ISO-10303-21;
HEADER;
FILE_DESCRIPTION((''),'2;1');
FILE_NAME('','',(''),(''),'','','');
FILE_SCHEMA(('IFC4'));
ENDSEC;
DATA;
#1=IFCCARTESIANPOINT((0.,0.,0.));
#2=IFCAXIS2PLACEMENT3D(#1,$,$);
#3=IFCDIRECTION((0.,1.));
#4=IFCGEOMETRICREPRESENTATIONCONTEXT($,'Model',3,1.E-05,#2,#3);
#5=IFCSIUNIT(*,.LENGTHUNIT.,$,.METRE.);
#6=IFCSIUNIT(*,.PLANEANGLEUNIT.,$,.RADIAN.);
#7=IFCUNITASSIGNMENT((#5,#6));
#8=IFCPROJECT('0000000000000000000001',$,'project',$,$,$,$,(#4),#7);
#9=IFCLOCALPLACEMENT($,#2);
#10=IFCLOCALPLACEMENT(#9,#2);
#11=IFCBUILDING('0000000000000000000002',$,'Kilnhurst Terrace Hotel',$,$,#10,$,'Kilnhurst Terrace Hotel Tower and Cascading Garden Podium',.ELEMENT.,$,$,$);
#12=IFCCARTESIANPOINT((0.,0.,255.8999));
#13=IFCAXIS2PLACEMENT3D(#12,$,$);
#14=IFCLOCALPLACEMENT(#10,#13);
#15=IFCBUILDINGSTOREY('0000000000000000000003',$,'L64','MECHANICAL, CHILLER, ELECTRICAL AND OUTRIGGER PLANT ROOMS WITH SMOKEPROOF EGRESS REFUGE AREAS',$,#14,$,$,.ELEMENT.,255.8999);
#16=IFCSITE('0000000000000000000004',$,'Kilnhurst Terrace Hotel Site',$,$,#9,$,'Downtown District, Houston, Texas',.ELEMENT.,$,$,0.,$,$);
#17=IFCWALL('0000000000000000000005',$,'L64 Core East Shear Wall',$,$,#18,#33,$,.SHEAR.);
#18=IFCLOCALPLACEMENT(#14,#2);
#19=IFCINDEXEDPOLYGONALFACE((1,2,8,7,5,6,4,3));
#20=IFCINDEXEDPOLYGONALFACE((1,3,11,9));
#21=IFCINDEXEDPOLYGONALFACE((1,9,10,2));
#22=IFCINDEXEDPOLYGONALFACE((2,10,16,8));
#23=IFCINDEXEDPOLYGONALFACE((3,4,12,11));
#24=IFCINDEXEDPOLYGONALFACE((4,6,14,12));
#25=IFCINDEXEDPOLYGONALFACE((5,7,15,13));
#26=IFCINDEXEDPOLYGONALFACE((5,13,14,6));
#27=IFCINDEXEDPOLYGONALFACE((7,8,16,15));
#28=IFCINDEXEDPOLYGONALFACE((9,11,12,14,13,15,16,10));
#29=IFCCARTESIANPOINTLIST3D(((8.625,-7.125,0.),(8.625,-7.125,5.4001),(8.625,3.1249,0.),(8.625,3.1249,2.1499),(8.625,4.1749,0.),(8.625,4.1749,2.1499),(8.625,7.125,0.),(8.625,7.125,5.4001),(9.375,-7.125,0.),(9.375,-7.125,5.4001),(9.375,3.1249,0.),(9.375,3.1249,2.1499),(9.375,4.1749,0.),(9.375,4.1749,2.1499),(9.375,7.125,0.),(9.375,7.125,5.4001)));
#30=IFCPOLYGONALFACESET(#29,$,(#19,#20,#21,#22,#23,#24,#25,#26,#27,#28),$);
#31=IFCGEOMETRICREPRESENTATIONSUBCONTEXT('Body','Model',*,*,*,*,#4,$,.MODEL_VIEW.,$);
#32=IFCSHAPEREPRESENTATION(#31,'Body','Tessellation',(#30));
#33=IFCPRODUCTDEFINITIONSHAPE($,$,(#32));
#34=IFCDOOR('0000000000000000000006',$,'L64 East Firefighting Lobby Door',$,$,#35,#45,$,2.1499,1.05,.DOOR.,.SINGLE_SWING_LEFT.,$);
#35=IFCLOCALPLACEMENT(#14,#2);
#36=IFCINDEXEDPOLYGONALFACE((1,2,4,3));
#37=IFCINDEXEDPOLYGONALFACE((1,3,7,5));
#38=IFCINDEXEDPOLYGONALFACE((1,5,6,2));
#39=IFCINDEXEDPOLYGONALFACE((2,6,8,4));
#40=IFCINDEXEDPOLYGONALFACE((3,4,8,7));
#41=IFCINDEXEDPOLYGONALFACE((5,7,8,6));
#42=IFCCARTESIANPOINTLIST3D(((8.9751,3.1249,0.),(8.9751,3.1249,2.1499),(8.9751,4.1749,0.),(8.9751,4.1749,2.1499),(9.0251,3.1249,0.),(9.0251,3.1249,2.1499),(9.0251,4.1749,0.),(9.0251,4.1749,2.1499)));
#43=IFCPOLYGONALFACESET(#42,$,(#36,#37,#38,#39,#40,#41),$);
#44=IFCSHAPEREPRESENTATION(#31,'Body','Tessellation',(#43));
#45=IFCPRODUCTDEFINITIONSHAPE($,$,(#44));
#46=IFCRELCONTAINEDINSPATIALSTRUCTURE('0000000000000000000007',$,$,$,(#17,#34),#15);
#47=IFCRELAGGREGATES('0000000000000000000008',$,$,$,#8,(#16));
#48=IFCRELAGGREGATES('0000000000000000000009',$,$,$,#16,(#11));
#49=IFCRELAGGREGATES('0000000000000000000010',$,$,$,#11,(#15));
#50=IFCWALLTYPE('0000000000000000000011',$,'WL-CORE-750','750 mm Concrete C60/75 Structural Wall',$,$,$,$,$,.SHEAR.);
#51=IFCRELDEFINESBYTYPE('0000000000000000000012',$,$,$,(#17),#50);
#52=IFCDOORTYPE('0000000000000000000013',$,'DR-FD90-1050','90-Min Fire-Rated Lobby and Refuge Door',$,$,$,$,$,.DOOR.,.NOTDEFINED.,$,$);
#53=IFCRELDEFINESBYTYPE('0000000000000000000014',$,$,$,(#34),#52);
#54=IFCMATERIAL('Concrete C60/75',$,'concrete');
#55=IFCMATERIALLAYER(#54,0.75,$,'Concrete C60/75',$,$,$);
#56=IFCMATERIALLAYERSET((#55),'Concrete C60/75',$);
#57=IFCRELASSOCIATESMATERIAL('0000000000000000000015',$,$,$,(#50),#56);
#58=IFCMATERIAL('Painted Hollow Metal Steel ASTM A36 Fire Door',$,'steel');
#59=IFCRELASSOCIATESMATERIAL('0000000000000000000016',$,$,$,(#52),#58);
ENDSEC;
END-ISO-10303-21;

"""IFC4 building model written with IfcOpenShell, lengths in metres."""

from ifc_helpers import new_model, si_unit, direction, frame, frame_2d, origin, place, context, subcontext, project, spatial, rectangle, extrude, material, layer, layer_set, type_object, element, fill, save


model = new_model("IFC4")

# Units and contexts
model_context = context("Model", 3, precision=1e-05, world=origin(), true_north=direction((0.0, 1.0)))
body_context = subcontext(model_context, "Body", "Model", "MODEL_VIEW")
ifc_project = project(units=[si_unit("LENGTHUNIT", "METRE"), si_unit("PLANEANGLEUNIT", "RADIAN")], contexts=[model_context])

# Site, building, storey
site_placement = place(None, origin())
site = spatial("IfcSite", under=ifc_project, at=site_placement, Name="Kilnhurst Terrace Hotel Site", LongName="Downtown District, Houston, Texas", CompositionType="ELEMENT", RefElevation=0.0)
building_placement = place(site_placement, origin())
building = spatial("IfcBuilding", under=site, at=building_placement, Name="Kilnhurst Terrace Hotel", LongName="Kilnhurst Terrace Hotel Tower and Cascading Garden Podium", CompositionType="ELEMENT")
storey_placement = place(building_placement, frame((0.0, 0.0, 255.8999)))
storey = spatial("IfcBuildingStorey", under=building, at=storey_placement, Name="L64", Description="MECHANICAL, CHILLER, ELECTRICAL AND OUTRIGGER PLANT ROOMS WITH SMOKEPROOF EGRESS REFUGE AREAS", CompositionType="ELEMENT", Elevation=255.8999)

# Shared definitions
ifc_material_1 = material(Name="Concrete C60/75", Category="concrete")

# Wall, opening, door
ifc_layer_1 = layer(ifc_material_1, 0.75, Name="Concrete C60/75")
ifc_layer_set_1 = layer_set([ifc_layer_1], Name="Concrete C60/75")
wall_type_1 = type_object("IfcWallType", Name="WL-CORE-750", Description="750 mm Concrete C60/75 Structural Wall", PredefinedType="SHEAR", material=ifc_layer_set_1)
wall_1_placement = place(storey_placement, frame((9.0, -7.125, 0.0), z_axis=(0.0, 0.0, 1.0), x_axis=(0.0, 1.0, 0.0)))
wall_1 = element("IfcWall", 1, at=wall_1_placement, inside=storey, type_object=wall_type_1, Name="L64 Core East Shear Wall", PredefinedType="SHEAR", context=body_context, shape_type="SweptSolid", body=[
    extrude(rectangle(XDim=14.25, YDim=0.75, at=frame_2d((7.125, 0.0))), origin(), (0.0, 0.0, 1.0), 5.4001),
])
opening_placement = place(wall_1_placement, frame((10.25, 0.0, 0.0)))
opening = element("IfcOpeningElement", 2, at=opening_placement, cuts=wall_1, PredefinedType="OPENING", context=body_context, shape_type="SweptSolid", body=[
    extrude(rectangle(XDim=1.05, YDim=2.1499, at=frame_2d((0.5249, 1.075))), frame((0.0, 0.385, 0.0), z_axis=(0.0, -1.0, 0.0), x_axis=(1.0, 0.0, 0.0)), (0.0, 0.0, 1.0), 0.77),
])
ifc_material_2 = material(Name="Painted Hollow Metal Steel ASTM A36 Fire Door", Category="steel")
door_type = type_object("IfcDoorType", Name="DR-FD90-1050", Description="90-Min Fire-Rated Lobby and Refuge Door", OperationType="NOTDEFINED", PredefinedType="DOOR", material=ifc_material_2)
door_placement = place(opening_placement, origin())
door = element("IfcDoor", 3, at=door_placement, inside=storey, type_object=door_type, Name="L64 East Firefighting Lobby Door", OperationType="SINGLE_SWING_LEFT", OverallHeight=2.1499, OverallWidth=1.05, PredefinedType="DOOR", context=body_context, shape_type="SweptSolid", body=[
    extrude(rectangle(XDim=1.05, YDim=2.1499, at=frame_2d((0.5249, 1.075))), frame((0.0, 0.0249, 0.0), z_axis=(0.0, -1.0, 0.0), x_axis=(1.0, 0.0, 0.0)), (0.0, 0.0, 1.0), 0.05),
])
fill(opening, door)

save(model, "model.ifc")
